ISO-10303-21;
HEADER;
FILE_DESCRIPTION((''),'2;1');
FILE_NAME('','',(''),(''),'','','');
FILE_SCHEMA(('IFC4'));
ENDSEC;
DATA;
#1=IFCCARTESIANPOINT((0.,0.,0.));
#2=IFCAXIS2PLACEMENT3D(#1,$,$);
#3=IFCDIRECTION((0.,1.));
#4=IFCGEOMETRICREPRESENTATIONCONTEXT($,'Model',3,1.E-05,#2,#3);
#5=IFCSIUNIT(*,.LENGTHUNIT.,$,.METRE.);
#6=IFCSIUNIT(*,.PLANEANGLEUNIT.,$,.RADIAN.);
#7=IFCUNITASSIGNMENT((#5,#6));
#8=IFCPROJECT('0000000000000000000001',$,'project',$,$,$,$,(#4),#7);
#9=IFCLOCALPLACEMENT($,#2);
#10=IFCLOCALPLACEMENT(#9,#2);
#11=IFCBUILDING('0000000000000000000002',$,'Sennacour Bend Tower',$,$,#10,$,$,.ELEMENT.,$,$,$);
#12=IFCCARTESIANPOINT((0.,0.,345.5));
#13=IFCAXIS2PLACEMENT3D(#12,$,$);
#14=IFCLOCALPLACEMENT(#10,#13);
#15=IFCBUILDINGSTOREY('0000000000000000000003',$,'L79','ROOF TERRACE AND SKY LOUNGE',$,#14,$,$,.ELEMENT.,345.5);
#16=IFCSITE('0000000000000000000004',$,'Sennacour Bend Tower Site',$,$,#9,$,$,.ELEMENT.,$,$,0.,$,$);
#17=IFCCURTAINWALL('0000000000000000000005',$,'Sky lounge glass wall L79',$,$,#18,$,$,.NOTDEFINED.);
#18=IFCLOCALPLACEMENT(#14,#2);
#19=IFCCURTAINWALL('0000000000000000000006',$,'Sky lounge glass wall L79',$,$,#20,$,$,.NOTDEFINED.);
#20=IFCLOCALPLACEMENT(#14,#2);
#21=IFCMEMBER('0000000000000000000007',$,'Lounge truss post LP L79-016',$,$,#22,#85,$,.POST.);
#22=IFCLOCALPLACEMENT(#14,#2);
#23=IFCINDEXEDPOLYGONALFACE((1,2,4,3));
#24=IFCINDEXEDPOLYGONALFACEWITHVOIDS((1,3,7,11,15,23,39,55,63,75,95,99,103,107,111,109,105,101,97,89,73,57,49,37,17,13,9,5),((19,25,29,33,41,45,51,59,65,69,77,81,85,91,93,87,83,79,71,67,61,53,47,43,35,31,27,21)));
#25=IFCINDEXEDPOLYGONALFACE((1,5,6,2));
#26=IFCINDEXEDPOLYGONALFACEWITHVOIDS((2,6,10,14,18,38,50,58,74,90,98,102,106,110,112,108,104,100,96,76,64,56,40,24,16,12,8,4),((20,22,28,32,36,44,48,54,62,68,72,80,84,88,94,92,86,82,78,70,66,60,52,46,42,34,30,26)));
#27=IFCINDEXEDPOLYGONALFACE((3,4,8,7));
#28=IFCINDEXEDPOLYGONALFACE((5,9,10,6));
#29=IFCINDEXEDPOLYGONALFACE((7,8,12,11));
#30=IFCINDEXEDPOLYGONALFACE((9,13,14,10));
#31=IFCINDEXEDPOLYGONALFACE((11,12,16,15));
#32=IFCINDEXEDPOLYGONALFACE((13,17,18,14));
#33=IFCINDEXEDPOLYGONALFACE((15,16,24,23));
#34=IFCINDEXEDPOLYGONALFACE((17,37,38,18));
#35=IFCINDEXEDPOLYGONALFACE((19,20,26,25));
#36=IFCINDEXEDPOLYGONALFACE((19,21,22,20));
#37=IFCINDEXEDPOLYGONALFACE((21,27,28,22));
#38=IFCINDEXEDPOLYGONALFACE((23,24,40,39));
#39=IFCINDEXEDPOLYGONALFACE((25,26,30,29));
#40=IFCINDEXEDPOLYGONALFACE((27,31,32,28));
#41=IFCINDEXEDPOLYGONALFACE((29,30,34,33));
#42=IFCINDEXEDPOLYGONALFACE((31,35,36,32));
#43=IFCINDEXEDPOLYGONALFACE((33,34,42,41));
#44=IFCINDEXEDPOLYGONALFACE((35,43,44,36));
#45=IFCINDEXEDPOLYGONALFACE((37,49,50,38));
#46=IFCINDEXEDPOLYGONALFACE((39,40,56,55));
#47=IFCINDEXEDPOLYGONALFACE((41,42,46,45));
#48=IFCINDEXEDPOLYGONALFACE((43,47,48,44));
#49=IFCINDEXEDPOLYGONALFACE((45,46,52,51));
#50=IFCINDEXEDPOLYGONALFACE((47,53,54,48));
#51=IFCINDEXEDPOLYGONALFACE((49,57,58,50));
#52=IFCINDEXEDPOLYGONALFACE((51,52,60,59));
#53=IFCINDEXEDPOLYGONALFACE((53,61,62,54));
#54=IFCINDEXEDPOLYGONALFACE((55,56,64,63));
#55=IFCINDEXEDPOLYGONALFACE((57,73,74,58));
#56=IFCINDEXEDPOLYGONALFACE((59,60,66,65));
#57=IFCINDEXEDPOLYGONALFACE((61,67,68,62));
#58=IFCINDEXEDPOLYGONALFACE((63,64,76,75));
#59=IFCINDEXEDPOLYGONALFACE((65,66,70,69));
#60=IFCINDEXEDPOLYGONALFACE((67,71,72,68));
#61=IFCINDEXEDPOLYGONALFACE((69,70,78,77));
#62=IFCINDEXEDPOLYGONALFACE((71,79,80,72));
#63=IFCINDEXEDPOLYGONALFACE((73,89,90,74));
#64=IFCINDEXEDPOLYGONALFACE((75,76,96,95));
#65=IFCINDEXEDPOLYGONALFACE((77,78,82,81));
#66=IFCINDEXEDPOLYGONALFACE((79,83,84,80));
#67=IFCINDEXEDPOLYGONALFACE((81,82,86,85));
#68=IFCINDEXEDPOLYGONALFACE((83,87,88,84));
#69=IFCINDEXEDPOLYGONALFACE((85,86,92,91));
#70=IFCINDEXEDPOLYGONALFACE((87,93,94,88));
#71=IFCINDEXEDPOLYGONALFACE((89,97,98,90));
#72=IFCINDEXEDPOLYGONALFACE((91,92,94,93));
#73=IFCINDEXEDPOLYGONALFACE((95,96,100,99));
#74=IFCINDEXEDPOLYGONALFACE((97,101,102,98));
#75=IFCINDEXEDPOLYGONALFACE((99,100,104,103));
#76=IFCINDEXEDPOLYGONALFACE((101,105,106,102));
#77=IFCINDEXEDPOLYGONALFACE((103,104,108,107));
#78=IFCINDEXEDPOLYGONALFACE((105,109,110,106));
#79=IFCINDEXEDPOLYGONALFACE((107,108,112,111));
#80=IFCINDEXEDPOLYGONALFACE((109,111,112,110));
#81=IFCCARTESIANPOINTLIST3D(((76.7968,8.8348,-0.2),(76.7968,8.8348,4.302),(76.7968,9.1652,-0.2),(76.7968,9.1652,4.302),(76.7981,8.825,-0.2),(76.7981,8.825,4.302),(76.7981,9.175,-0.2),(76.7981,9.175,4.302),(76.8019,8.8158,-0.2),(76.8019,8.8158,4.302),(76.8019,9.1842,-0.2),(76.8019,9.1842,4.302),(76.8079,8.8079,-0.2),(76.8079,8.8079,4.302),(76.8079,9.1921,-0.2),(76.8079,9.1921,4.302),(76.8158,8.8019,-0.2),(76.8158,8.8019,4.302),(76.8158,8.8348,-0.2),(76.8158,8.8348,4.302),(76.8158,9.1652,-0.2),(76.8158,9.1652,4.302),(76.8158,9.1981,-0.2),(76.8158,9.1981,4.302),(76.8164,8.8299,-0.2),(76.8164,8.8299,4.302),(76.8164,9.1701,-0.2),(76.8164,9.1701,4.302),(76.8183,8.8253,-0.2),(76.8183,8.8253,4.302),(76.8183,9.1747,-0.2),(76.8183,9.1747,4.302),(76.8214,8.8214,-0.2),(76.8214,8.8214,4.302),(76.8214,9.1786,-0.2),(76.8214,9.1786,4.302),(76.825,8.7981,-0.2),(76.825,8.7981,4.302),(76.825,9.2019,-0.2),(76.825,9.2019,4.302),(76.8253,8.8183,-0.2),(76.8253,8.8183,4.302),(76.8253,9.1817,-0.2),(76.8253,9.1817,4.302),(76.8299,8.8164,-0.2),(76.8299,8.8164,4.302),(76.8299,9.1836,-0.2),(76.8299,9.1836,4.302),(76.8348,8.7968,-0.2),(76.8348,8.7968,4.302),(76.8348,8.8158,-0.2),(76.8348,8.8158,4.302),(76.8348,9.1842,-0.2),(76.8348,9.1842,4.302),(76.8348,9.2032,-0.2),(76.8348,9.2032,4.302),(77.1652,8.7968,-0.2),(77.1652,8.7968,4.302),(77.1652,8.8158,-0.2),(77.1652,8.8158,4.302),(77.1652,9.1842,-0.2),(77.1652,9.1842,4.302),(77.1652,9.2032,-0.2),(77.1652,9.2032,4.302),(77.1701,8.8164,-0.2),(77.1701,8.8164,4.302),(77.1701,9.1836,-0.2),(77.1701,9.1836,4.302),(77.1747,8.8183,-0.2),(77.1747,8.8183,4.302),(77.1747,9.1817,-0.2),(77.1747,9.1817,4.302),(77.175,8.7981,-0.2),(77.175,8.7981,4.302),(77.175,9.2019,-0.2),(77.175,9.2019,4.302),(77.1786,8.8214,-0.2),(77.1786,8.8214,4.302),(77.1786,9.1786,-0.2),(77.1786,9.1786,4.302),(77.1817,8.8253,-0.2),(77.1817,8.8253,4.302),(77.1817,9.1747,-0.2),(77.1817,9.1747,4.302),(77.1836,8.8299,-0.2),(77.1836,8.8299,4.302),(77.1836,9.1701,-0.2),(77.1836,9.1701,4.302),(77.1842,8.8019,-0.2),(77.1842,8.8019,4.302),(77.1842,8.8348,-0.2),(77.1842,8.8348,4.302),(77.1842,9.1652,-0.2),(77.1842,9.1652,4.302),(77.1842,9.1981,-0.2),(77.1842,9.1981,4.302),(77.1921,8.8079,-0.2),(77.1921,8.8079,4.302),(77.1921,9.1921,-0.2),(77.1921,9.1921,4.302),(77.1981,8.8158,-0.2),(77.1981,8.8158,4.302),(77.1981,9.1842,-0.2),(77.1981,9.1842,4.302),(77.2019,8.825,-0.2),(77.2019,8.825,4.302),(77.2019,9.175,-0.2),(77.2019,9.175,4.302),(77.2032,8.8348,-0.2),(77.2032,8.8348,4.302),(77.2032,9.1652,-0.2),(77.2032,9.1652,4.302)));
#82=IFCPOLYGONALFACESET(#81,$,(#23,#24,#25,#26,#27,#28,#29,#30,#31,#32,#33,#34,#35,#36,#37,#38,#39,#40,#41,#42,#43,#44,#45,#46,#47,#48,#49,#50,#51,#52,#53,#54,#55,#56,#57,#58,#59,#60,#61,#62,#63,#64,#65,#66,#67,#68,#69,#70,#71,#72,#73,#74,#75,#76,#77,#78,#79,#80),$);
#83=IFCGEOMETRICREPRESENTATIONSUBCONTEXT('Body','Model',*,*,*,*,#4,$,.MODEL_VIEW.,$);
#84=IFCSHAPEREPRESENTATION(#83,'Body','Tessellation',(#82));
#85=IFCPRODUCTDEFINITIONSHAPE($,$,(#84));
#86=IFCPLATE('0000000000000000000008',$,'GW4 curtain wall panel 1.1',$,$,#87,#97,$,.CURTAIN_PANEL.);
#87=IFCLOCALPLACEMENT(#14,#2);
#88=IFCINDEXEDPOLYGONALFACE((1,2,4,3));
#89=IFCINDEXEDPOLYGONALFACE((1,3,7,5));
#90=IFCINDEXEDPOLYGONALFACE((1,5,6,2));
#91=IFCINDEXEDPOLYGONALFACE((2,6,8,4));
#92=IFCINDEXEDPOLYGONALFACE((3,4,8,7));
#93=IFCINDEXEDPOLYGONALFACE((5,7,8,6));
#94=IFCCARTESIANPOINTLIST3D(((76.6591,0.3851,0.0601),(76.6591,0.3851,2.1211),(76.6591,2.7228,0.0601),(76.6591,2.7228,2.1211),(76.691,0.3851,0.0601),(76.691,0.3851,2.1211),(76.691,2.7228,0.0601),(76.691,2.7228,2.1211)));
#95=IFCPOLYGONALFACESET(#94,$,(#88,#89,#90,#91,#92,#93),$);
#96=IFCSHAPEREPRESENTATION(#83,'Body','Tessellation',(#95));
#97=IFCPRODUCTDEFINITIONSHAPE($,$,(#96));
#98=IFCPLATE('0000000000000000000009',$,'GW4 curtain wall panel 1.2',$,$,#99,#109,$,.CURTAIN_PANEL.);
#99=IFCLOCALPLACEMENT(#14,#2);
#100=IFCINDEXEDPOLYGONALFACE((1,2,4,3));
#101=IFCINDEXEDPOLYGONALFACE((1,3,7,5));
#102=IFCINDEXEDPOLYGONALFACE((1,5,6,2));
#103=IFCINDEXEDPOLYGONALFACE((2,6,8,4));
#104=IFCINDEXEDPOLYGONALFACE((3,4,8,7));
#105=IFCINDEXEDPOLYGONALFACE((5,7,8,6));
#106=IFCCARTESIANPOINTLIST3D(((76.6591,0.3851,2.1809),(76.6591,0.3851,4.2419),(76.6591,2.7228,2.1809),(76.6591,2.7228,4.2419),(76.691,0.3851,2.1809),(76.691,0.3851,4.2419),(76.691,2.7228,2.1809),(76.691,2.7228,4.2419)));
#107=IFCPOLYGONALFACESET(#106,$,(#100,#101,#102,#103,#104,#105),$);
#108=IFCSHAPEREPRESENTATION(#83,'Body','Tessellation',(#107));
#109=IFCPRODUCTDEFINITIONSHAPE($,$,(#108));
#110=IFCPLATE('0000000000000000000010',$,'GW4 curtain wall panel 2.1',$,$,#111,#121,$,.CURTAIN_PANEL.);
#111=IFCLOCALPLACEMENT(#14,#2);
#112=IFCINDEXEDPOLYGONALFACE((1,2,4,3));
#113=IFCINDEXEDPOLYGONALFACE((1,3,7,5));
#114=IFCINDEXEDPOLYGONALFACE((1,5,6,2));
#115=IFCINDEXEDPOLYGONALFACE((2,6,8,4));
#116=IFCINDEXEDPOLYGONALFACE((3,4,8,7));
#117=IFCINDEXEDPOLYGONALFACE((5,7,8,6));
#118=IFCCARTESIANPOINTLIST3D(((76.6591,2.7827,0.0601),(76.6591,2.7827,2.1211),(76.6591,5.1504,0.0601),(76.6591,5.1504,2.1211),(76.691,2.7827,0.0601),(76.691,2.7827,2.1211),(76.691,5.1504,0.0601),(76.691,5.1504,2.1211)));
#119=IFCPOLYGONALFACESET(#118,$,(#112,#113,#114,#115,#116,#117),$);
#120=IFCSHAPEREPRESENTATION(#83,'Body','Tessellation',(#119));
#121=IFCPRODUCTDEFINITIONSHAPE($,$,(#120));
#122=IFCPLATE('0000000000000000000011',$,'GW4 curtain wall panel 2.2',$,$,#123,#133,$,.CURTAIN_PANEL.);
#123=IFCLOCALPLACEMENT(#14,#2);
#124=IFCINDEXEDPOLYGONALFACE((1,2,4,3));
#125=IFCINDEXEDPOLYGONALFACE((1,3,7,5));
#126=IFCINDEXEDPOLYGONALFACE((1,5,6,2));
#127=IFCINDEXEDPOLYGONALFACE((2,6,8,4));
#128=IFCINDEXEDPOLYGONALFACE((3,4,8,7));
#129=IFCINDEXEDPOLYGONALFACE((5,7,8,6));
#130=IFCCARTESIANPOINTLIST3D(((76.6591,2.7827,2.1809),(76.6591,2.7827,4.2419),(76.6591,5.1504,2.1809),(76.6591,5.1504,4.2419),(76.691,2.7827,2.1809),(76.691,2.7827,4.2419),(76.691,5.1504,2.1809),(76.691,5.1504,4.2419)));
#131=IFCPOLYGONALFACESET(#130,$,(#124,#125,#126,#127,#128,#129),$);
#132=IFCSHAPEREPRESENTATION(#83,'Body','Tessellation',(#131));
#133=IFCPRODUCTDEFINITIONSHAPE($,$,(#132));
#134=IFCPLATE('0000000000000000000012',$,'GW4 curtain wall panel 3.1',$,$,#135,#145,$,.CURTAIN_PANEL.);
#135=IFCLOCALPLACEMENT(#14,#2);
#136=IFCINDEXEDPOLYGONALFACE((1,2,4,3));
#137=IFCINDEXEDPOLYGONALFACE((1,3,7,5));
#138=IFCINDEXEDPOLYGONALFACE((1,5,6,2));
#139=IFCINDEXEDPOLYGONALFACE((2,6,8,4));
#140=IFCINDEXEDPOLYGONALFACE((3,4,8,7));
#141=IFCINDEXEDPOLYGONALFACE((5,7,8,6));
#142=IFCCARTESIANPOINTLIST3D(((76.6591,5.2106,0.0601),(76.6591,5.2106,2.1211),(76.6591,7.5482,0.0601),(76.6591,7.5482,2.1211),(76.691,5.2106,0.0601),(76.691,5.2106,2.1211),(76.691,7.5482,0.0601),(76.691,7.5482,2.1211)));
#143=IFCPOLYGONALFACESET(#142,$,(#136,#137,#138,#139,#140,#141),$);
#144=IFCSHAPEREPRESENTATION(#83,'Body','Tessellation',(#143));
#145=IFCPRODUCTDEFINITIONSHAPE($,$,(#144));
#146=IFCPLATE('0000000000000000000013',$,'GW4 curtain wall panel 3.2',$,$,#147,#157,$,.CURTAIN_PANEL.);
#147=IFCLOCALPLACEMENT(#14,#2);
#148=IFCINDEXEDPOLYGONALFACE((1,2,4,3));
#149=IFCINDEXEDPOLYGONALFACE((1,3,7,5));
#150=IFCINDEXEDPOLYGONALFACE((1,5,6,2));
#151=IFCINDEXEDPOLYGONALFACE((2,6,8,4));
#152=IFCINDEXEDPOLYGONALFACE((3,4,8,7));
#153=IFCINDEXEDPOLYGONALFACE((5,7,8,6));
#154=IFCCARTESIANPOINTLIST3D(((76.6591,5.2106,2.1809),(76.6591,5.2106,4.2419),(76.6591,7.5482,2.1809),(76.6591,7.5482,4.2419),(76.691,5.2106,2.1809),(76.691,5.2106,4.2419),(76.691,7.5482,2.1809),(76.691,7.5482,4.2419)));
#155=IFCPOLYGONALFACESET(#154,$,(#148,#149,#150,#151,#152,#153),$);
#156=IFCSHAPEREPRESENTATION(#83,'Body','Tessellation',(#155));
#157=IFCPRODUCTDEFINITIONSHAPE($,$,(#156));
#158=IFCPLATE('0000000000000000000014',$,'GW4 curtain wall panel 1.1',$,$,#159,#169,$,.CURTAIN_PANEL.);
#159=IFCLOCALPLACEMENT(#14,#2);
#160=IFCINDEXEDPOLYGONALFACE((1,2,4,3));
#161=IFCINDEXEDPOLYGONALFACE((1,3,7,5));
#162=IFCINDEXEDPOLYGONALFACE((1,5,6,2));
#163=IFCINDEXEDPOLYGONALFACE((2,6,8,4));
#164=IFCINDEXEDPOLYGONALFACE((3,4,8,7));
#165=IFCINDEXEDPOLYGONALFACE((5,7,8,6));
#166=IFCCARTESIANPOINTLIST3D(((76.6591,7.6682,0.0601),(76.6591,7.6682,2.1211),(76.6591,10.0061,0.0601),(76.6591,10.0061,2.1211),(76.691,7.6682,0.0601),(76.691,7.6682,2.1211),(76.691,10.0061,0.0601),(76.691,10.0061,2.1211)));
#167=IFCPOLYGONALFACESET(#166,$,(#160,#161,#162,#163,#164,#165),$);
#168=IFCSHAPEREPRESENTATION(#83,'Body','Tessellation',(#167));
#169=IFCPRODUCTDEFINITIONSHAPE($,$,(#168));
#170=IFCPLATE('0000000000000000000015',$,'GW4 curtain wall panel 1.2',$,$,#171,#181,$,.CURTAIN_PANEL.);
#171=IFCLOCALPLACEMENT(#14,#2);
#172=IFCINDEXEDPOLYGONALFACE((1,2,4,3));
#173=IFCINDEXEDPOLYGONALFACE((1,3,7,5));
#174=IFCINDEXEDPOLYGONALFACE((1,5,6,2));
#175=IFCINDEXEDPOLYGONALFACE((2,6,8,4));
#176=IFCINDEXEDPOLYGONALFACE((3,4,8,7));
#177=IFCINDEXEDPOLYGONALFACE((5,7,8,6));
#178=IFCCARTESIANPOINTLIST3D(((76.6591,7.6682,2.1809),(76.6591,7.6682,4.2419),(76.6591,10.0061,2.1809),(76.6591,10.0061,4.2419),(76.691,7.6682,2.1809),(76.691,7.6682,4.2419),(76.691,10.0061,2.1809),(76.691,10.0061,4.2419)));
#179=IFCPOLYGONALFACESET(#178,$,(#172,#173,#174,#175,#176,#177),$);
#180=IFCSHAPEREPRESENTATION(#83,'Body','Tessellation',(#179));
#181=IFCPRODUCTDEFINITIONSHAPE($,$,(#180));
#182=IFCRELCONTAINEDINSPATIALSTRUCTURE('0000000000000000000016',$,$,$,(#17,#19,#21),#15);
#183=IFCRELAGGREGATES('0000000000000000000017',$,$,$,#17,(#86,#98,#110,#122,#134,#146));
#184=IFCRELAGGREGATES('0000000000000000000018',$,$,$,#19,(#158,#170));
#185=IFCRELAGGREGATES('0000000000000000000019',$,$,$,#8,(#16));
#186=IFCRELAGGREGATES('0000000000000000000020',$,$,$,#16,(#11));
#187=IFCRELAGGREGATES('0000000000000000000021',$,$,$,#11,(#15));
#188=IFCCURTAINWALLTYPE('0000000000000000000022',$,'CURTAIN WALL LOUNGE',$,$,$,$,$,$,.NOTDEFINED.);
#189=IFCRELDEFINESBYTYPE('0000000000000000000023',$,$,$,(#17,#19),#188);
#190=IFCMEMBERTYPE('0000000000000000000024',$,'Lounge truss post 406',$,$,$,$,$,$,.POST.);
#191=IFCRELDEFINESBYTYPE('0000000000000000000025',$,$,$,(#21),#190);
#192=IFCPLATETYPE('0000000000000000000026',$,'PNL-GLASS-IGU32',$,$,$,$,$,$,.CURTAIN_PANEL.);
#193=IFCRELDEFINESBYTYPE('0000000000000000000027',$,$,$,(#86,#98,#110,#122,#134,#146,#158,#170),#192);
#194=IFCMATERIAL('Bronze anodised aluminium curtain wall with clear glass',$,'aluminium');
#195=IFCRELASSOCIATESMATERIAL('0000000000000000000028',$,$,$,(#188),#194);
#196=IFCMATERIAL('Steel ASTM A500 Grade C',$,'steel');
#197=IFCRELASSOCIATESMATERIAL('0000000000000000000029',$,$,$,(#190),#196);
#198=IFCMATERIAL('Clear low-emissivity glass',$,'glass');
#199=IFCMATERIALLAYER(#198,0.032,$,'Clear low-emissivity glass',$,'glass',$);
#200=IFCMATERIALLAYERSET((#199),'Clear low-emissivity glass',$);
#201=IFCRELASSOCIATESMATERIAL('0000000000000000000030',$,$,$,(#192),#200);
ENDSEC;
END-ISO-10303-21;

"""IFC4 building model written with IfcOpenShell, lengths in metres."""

from ifc_helpers import new_model, si_unit, direction, frame, origin, origin_2d, place, context, subcontext, project, spatial, rectangle, hollow_rectangle, extrude, material, layer, layer_set, material_profile, profile_set, type_object, element, aggregate, save


model = new_model("IFC4")

# Units and contexts
model_context = context("Model", 3, precision=1e-05, world=origin(), true_north=direction((0.0, 1.0)))
body_context = subcontext(model_context, "Body", "Model", "MODEL_VIEW")
ifc_project = project(units=[si_unit("LENGTHUNIT", "METRE"), si_unit("PLANEANGLEUNIT", "RADIAN")], contexts=[model_context])

# Site, building, storey
site_placement = place(None, origin())
site = spatial("IfcSite", under=ifc_project, at=site_placement, Name="Sennacour Bend Tower Site", CompositionType="ELEMENT", RefElevation=0.0)
building_placement = place(site_placement, origin())
building = spatial("IfcBuilding", under=site, at=building_placement, Name="Sennacour Bend Tower", CompositionType="ELEMENT")
storey_placement = place(building_placement, frame((0.0, 0.0, 345.5)))
storey = spatial("IfcBuildingStorey", under=building, at=storey_placement, Name="L79", Description="ROOF TERRACE AND SKY LOUNGE", CompositionType="ELEMENT", Elevation=345.5)

# Curtain wall
ifc_material_1 = material(Name="Bronze anodised aluminium curtain wall with clear glass", Category="aluminium")
curtain_wall_type = type_object("IfcCurtainWallType", Name="CURTAIN WALL LOUNGE", PredefinedType="NOTDEFINED", material=ifc_material_1)
curtain_wall_1_placement = place(storey_placement, origin())
curtain_wall_1 = element("IfcCurtainWall", 1, at=curtain_wall_1_placement, inside=storey, type_object=curtain_wall_type, Name="Sky lounge glass wall L79", PredefinedType="NOTDEFINED")

# Curtain wall
curtain_wall_2_placement = place(storey_placement, origin())
curtain_wall_2 = element("IfcCurtainWall", 2, at=curtain_wall_2_placement, inside=storey, type_object=curtain_wall_type, Name="Sky lounge glass wall L79", PredefinedType="NOTDEFINED")

# Member
ifc_material_2 = material(Name="Steel ASTM A500 Grade C", Category="steel")
ifc_material_profile_1 = material_profile(ifc_material_2, hollow_rectangle(XDim=0.4065, YDim=0.4065, WallThickness=0.019, InnerFilletRadius=0.019, OuterFilletRadius=0.0381, at=origin_2d()), Name="Steel ASTM A500 Grade C", Category="steel")
ifc_profile_set_1 = profile_set([ifc_material_profile_1], Name="Steel ASTM A500 Grade C")
member_type_1 = type_object("IfcMemberType", Name="Lounge truss post 406", PredefinedType="POST", material=ifc_profile_set_1)
for number, where, z_axis, x_axis, name in (
    (3, (77.0, 9.0, -0.2), (0.0, 0.0, 1.0), (1.0, 0.0, 0.0), "Lounge truss post LP L79-016"),
):
    element("IfcMember", number, at=place(storey_placement, frame(where, z_axis=z_axis, x_axis=x_axis)), inside=storey, type_object=member_type_1, Name=name, PredefinedType="POST", context=body_context, shape_type="SweptSolid", body=[
        extrude(hollow_rectangle(XDim=0.4065, YDim=0.4065, WallThickness=0.019, InnerFilletRadius=0.019, OuterFilletRadius=0.0381, at=origin_2d()), origin(), (0.0, 0.0, 1.0), 4.502),
    ])

# Plates
ifc_material_3 = material(Name="Clear low-emissivity glass", Category="glass")
ifc_layer = layer(ifc_material_3, 0.032, Name="Clear low-emissivity glass", Category="glass")
ifc_layer_set = layer_set([ifc_layer], Name="Clear low-emissivity glass")
plate_type = type_object("IfcPlateType", Name="PNL-GLASS-IGU32", PredefinedType="CURTAIN_PANEL", material=ifc_layer_set)
plate_1_placement = place(storey_placement, frame((76.675, 1.554, 0.0601), z_axis=(0.0, 0.0, 1.0), x_axis=(0.0, 1.0, 0.0)))
plate_1 = element("IfcPlate", 4, at=plate_1_placement, type_object=plate_type, Name="GW4 curtain wall panel 1.1", PredefinedType="CURTAIN_PANEL", context=body_context, shape_type="SweptSolid", body=[
    extrude(rectangle(XDim=2.3376, YDim=0.032, at=origin_2d()), origin(), (0.0, 0.0, 1.0), 2.061),
])
plate_2_placement = place(storey_placement, frame((76.675, 1.554, 2.1809), z_axis=(0.0, 0.0, 1.0), x_axis=(0.0, 1.0, 0.0)))
plate_2 = element("IfcPlate", 5, at=plate_2_placement, type_object=plate_type, Name="GW4 curtain wall panel 1.2", PredefinedType="CURTAIN_PANEL", context=body_context, shape_type="SweptSolid", body=[
    extrude(rectangle(XDim=2.3376, YDim=0.032, at=origin_2d()), origin(), (0.0, 0.0, 1.0), 2.061),
])
plate_3_placement = place(storey_placement, frame((76.675, 3.9666, 0.0601), z_axis=(0.0, 0.0, 1.0), x_axis=(0.0, 1.0, 0.0)))
plate_3 = element("IfcPlate", 6, at=plate_3_placement, type_object=plate_type, Name="GW4 curtain wall panel 2.1", PredefinedType="CURTAIN_PANEL", context=body_context, shape_type="SweptSolid", body=[
    extrude(rectangle(XDim=2.3677, YDim=0.032, at=origin_2d()), origin(), (0.0, 0.0, 1.0), 2.061),
])
plate_4_placement = place(storey_placement, frame((76.675, 3.9666, 2.1809), z_axis=(0.0, 0.0, 1.0), x_axis=(0.0, 1.0, 0.0)))
plate_4 = element("IfcPlate", 7, at=plate_4_placement, type_object=plate_type, Name="GW4 curtain wall panel 2.2", PredefinedType="CURTAIN_PANEL", context=body_context, shape_type="SweptSolid", body=[
    extrude(rectangle(XDim=2.3677, YDim=0.032, at=origin_2d()), origin(), (0.0, 0.0, 1.0), 2.061),
])
plate_5_placement = place(storey_placement, frame((76.675, 6.3794, 0.0601), z_axis=(0.0, 0.0, 1.0), x_axis=(0.0, 1.0, 0.0)))
plate_5 = element("IfcPlate", 8, at=plate_5_placement, type_object=plate_type, Name="GW4 curtain wall panel 3.1", PredefinedType="CURTAIN_PANEL", context=body_context, shape_type="SweptSolid", body=[
    extrude(rectangle(XDim=2.3376, YDim=0.032, at=origin_2d()), origin(), (0.0, 0.0, 1.0), 2.061),
])
plate_6_placement = place(storey_placement, frame((76.675, 6.3794, 2.1809), z_axis=(0.0, 0.0, 1.0), x_axis=(0.0, 1.0, 0.0)))
plate_6 = element("IfcPlate", 9, at=plate_6_placement, type_object=plate_type, Name="GW4 curtain wall panel 3.2", PredefinedType="CURTAIN_PANEL", context=body_context, shape_type="SweptSolid", body=[
    extrude(rectangle(XDim=2.3376, YDim=0.032, at=origin_2d()), origin(), (0.0, 0.0, 1.0), 2.061),
])
aggregate(curtain_wall_1, [plate_1, plate_2, plate_3, plate_4, plate_5, plate_6])
plate_7_placement = place(storey_placement, frame((76.675, 8.8372, 0.0601), z_axis=(0.0, 0.0, 1.0), x_axis=(0.0, 1.0, 0.0)))
plate_7 = element("IfcPlate", 10, at=plate_7_placement, type_object=plate_type, Name="GW4 curtain wall panel 1.1", PredefinedType="CURTAIN_PANEL", context=body_context, shape_type="SweptSolid", body=[
    extrude(rectangle(XDim=2.3379, YDim=0.032, at=origin_2d()), origin(), (0.0, 0.0, 1.0), 2.061),
])
plate_8_placement = place(storey_placement, frame((76.675, 8.8372, 2.1809), z_axis=(0.0, 0.0, 1.0), x_axis=(0.0, 1.0, 0.0)))
plate_8 = element("IfcPlate", 11, at=plate_8_placement, type_object=plate_type, Name="GW4 curtain wall panel 1.2", PredefinedType="CURTAIN_PANEL", context=body_context, shape_type="SweptSolid", body=[
    extrude(rectangle(XDim=2.3379, YDim=0.032, at=origin_2d()), origin(), (0.0, 0.0, 1.0), 2.061),
])
aggregate(curtain_wall_2, [plate_7, plate_8])

save(model, "model.ifc")
